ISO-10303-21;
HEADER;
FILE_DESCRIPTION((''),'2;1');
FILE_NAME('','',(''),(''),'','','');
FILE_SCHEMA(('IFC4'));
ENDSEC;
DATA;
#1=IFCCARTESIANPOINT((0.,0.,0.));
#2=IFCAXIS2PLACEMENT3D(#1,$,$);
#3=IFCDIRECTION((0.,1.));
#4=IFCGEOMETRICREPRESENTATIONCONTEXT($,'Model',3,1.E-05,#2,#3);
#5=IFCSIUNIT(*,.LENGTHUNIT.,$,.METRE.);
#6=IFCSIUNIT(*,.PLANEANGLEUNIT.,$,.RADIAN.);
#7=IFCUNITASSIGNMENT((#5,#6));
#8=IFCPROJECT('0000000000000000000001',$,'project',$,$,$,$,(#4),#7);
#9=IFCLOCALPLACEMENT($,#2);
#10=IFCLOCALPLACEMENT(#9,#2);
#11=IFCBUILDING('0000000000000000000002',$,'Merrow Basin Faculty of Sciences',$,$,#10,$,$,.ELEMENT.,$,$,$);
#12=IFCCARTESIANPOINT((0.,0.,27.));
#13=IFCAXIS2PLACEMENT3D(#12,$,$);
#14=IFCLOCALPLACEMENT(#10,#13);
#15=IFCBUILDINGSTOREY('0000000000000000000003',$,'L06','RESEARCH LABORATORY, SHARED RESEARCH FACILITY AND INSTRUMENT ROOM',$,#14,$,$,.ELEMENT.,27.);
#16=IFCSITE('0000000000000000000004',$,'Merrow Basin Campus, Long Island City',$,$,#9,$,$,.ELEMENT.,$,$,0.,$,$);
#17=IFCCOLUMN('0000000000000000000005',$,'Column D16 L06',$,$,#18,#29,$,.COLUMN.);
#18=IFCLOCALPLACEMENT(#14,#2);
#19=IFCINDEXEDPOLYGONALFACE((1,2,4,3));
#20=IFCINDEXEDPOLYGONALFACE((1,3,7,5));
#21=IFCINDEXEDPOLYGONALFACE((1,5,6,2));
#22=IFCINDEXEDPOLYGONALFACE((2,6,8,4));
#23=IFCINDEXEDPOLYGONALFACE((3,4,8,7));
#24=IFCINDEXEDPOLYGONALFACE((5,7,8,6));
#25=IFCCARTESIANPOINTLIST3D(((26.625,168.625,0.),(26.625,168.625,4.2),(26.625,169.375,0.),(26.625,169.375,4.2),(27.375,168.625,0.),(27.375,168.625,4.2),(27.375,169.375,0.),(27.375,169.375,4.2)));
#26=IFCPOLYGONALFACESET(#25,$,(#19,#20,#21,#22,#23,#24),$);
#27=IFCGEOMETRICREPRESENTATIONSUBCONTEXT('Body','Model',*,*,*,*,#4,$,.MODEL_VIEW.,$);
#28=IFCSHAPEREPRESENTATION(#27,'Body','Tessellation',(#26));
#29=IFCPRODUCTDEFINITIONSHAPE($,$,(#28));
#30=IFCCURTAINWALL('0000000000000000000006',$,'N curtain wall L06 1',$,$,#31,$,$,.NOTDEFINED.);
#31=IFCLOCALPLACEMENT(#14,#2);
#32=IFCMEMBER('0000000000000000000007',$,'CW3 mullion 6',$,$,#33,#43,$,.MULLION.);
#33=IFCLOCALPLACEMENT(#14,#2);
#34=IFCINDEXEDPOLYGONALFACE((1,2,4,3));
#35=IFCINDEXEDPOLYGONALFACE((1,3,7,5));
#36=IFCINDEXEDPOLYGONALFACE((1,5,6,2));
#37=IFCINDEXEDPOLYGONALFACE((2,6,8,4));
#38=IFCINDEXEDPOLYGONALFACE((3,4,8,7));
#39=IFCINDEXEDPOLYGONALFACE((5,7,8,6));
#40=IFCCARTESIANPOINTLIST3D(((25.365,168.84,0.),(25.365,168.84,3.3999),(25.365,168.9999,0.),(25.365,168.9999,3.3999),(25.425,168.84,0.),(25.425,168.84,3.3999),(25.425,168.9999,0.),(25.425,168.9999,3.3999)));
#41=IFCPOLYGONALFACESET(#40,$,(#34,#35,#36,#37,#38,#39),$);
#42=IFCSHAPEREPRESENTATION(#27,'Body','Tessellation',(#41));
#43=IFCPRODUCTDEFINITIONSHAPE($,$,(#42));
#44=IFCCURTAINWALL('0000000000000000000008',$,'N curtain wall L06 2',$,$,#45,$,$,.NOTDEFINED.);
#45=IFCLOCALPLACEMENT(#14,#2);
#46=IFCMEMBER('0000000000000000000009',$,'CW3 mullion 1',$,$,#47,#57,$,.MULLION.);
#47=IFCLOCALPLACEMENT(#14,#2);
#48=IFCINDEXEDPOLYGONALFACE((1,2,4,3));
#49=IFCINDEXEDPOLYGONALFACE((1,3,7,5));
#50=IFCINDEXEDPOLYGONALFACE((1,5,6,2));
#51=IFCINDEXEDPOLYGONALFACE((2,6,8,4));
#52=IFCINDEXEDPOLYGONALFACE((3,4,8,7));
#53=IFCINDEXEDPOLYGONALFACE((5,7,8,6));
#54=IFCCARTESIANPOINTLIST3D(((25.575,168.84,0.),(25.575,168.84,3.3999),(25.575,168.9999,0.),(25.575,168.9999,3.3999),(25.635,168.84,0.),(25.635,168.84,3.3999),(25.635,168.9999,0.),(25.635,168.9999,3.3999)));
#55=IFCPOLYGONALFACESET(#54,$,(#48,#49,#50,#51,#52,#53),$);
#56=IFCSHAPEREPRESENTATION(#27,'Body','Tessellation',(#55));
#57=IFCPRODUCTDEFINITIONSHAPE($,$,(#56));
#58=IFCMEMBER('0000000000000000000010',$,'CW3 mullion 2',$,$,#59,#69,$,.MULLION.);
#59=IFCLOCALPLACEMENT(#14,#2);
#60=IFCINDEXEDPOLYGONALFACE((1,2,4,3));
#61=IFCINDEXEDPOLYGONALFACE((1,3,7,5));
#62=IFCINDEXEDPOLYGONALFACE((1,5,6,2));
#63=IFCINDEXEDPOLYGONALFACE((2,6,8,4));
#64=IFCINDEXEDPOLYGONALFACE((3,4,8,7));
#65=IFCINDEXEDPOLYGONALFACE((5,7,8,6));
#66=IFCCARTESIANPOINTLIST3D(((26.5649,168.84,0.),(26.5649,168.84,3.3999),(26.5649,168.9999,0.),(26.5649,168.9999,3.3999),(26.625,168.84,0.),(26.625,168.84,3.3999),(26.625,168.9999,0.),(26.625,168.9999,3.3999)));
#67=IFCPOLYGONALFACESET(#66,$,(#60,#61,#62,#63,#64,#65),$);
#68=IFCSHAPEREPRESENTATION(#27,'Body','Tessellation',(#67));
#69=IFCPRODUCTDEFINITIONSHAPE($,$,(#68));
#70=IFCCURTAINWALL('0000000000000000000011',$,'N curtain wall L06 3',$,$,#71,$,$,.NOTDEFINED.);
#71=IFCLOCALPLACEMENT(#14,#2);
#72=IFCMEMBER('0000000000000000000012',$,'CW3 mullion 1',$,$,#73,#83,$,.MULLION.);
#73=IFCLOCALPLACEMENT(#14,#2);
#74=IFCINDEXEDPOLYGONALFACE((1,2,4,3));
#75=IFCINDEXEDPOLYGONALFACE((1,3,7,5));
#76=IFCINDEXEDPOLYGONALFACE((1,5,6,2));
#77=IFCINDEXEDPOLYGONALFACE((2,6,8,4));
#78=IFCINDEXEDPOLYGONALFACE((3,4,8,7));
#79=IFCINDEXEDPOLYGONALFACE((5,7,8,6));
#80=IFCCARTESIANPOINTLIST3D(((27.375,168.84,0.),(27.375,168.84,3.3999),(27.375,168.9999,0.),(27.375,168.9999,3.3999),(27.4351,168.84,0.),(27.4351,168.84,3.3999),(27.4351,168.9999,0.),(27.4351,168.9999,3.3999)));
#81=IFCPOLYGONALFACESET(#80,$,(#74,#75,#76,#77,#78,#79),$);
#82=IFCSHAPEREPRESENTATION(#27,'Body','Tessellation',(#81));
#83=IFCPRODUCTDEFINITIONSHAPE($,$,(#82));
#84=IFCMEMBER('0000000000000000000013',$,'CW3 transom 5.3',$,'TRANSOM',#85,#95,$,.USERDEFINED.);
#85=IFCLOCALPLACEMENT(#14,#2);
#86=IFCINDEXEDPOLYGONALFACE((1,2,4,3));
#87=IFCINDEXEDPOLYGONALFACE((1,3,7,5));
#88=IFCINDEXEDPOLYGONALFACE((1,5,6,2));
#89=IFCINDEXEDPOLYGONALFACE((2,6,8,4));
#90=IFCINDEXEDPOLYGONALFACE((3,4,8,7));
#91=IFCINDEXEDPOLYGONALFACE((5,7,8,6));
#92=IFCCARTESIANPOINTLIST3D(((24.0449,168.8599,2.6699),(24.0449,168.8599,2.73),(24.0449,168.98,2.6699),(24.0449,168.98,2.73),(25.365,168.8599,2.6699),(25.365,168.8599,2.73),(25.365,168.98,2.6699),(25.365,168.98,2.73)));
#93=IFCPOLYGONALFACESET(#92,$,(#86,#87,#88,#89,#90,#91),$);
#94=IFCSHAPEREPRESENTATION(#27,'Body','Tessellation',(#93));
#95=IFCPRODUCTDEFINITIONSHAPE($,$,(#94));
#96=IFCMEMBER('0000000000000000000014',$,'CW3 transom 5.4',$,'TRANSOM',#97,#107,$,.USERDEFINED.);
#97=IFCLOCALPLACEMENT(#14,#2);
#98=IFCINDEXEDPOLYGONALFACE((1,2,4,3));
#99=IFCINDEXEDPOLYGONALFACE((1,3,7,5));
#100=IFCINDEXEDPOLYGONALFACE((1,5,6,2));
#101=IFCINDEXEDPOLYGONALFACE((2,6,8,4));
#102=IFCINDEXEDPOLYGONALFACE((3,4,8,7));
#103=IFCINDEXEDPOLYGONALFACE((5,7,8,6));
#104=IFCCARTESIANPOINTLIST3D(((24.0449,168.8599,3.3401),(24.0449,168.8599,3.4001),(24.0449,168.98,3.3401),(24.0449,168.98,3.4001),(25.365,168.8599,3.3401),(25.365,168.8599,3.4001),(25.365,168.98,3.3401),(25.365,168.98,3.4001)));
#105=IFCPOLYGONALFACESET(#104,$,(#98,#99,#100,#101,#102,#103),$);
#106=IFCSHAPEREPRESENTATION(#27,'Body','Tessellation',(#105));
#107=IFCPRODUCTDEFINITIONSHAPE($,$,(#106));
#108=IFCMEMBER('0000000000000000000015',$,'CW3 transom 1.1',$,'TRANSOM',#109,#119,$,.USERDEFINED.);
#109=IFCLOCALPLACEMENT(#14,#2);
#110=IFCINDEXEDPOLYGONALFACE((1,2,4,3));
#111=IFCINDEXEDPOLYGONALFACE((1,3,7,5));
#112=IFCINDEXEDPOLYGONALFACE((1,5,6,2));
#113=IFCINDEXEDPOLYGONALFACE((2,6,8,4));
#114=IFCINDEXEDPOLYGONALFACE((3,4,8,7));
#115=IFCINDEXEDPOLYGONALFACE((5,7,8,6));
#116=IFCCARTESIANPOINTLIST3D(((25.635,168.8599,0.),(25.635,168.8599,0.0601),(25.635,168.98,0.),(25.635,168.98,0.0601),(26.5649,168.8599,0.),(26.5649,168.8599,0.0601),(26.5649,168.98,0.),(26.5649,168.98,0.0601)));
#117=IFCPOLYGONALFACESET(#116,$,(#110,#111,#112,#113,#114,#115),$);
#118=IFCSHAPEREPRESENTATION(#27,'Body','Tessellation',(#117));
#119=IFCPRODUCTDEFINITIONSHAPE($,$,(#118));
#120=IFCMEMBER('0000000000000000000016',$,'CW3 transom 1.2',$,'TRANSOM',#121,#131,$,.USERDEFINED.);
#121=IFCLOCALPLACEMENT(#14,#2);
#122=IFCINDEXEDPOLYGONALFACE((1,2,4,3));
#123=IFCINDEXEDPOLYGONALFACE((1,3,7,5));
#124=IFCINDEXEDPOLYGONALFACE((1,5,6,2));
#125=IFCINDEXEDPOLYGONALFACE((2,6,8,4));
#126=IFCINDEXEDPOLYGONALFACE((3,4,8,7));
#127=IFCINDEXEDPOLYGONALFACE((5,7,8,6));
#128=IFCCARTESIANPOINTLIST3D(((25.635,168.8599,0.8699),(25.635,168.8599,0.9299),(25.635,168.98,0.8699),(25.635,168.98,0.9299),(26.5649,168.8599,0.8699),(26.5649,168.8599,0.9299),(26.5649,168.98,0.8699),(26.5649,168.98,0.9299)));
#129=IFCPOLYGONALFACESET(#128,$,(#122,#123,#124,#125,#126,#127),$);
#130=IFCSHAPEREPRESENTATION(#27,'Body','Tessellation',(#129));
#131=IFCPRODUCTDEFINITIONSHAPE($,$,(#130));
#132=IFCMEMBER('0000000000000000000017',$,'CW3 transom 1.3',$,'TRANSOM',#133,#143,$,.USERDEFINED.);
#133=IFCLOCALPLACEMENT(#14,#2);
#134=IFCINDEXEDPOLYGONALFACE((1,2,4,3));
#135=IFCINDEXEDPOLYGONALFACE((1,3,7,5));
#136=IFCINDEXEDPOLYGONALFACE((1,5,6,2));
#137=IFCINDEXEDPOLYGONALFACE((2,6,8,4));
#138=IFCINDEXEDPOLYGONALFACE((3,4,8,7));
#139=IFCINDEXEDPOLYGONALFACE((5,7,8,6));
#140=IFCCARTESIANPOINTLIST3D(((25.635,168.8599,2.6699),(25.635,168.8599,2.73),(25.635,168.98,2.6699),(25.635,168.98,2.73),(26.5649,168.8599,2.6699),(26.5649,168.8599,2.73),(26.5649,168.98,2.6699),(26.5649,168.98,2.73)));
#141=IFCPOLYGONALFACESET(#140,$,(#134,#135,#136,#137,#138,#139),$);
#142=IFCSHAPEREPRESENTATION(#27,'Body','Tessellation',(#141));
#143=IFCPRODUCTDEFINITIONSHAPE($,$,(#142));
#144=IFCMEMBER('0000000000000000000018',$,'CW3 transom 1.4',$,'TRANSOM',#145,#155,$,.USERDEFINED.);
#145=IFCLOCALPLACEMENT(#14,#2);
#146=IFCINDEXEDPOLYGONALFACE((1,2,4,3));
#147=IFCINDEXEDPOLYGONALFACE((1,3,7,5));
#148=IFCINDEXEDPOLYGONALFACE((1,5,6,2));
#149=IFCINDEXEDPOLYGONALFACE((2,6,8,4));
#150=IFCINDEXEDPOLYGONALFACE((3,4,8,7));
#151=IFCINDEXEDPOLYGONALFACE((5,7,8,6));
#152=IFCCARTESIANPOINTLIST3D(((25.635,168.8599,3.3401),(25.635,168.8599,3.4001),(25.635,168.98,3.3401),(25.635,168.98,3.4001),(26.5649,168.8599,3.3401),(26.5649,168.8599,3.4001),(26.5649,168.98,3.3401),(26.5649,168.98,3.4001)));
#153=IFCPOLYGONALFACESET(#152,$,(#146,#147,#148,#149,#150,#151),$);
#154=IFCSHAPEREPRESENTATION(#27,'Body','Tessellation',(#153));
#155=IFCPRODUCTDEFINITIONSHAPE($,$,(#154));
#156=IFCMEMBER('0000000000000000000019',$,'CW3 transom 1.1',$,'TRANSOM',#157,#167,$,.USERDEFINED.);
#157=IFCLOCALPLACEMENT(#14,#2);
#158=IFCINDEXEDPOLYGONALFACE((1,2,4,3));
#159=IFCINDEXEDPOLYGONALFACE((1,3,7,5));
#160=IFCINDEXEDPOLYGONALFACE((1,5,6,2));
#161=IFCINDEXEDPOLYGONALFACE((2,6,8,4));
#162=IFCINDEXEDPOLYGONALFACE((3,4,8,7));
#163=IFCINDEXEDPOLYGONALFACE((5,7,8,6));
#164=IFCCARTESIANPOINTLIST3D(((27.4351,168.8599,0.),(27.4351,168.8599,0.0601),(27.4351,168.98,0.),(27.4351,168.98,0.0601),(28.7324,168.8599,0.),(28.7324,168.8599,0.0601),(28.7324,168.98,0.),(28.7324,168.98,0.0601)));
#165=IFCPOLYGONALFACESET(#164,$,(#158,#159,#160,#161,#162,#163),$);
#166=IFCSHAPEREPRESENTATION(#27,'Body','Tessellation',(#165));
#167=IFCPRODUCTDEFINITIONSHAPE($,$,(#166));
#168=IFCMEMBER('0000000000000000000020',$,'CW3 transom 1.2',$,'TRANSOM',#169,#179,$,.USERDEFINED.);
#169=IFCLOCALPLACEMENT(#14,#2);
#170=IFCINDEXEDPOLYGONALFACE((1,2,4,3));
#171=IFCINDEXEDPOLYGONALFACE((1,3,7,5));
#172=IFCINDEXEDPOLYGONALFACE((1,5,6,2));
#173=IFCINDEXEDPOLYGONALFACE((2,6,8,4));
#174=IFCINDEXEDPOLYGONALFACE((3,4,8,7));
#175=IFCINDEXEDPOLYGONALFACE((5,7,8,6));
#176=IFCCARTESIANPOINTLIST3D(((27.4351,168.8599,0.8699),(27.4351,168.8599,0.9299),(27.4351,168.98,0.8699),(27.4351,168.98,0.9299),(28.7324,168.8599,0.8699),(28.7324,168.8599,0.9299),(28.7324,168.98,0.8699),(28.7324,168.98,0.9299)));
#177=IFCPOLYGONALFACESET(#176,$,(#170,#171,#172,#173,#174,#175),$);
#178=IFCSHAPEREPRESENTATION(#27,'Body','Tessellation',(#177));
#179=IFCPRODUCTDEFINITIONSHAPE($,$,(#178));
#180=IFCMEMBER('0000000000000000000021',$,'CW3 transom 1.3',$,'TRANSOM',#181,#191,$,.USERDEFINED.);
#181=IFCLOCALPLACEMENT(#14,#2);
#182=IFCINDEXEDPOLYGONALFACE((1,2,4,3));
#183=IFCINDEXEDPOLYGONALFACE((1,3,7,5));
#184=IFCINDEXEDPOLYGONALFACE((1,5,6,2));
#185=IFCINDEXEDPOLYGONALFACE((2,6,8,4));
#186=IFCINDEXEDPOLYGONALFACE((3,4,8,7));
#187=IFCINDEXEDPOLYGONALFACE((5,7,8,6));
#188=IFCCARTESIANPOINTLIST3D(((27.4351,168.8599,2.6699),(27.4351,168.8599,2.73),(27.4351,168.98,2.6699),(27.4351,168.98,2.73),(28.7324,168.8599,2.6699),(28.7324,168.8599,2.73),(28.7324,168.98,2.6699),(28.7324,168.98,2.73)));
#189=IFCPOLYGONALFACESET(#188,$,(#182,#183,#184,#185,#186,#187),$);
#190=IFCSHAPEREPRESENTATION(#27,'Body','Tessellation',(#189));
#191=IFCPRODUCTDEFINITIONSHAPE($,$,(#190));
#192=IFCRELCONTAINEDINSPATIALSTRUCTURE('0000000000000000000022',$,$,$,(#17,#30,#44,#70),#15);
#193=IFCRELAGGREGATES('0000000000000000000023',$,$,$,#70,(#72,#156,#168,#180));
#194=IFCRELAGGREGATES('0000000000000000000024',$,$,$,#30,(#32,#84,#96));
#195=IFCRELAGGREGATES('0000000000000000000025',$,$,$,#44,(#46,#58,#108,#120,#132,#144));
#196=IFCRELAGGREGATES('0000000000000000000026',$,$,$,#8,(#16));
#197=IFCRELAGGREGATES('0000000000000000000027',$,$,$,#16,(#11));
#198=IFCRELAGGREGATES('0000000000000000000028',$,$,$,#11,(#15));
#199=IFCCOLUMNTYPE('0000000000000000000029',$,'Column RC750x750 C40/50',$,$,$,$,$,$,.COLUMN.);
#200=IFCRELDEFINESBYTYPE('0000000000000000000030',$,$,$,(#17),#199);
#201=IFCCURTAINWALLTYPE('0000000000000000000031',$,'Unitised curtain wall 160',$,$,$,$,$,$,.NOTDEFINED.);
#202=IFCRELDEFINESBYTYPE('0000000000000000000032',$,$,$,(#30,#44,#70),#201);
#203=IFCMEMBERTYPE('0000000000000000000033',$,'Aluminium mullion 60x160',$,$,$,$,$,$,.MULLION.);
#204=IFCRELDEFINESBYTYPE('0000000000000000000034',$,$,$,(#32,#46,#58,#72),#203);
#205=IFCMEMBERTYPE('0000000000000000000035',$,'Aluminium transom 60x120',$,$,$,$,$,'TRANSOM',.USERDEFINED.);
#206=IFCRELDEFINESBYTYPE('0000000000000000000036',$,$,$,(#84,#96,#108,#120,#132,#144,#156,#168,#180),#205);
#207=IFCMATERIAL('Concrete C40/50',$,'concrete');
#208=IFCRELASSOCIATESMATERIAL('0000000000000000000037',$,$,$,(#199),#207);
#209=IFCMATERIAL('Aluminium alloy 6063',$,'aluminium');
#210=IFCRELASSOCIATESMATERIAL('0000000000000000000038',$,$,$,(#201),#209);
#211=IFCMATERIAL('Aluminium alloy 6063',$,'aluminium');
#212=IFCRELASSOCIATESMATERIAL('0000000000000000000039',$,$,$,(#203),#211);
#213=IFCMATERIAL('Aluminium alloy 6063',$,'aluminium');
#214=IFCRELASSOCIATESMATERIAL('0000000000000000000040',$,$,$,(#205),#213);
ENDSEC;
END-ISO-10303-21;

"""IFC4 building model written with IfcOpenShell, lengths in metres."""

from ifc_helpers import new_model, si_unit, direction, frame, origin, origin_2d, place, context, subcontext, project, spatial, rectangle, extrude, material, material_profile, profile_set, type_object, element, aggregate, save


model = new_model("IFC4")

# Units and contexts
model_context = context("Model", 3, precision=1e-05, world=origin(), true_north=direction((0.0, 1.0)))
body_context = subcontext(model_context, "Body", "Model", "MODEL_VIEW")
ifc_project = project(units=[si_unit("LENGTHUNIT", "METRE"), si_unit("PLANEANGLEUNIT", "RADIAN")], contexts=[model_context])

# Site, building, storey
site_placement = place(None, origin())
site = spatial("IfcSite", under=ifc_project, at=site_placement, Name="Merrow Basin Campus, Long Island City", CompositionType="ELEMENT", RefElevation=0.0)
building_placement = place(site_placement, origin())
building = spatial("IfcBuilding", under=site, at=building_placement, Name="Merrow Basin Faculty of Sciences", CompositionType="ELEMENT")
storey_placement = place(building_placement, frame((0.0, 0.0, 27.0)))
storey = spatial("IfcBuildingStorey", under=building, at=storey_placement, Name="L06", Description="RESEARCH LABORATORY, SHARED RESEARCH FACILITY AND INSTRUMENT ROOM", CompositionType="ELEMENT", Elevation=27.0)

# Column
ifc_material_1 = material(Name="Concrete C40/50", Category="concrete")
ifc_material_profile_1 = material_profile(ifc_material_1, rectangle(XDim=0.75, YDim=0.75, at=origin_2d()))
ifc_profile_set_1 = profile_set([ifc_material_profile_1], Name="Concrete C40/50")
column_type = type_object("IfcColumnType", Name="Column RC750x750 C40/50", PredefinedType="COLUMN", material=ifc_profile_set_1)
column_placement = place(storey_placement, frame((27.0, 169.0, 0.0), z_axis=(0.0, 0.0, 1.0), x_axis=(1.0, 0.0, 0.0)))
element("IfcColumn", 1, at=column_placement, inside=storey, type_object=column_type, Name="Column D16 L06", PredefinedType="COLUMN", context=body_context, shape_type="SweptSolid", body=[
    extrude(rectangle(XDim=0.75, YDim=0.75, at=origin_2d()), origin(), (0.0, 0.0, 1.0), 4.2),
])

# Curtain wall, member
ifc_material_2 = material(Name="Aluminium alloy 6063", Category="aluminium")
curtain_wall_type = type_object("IfcCurtainWallType", Name="Unitised curtain wall 160", PredefinedType="NOTDEFINED", material=ifc_material_2)
curtain_wall_1_placement = place(storey_placement, origin())
curtain_wall_1 = element("IfcCurtainWall", 2, at=curtain_wall_1_placement, inside=storey, type_object=curtain_wall_type, Name="N curtain wall L06 1", PredefinedType="NOTDEFINED")
ifc_material_3 = material(Name="Aluminium alloy 6063", Category="aluminium")
ifc_material_profile_2 = material_profile(ifc_material_3, rectangle(XDim=0.1599, YDim=0.0601, at=origin_2d()))
ifc_profile_set_2 = profile_set([ifc_material_profile_2], Name="Aluminium alloy 6063")
member_type_1 = type_object("IfcMemberType", Name="Aluminium mullion 60x160", PredefinedType="MULLION", material=ifc_profile_set_2)
member_1_placement = place(storey_placement, frame((25.395, 168.9199, 0.0), z_axis=(0.0, 0.0, 1.0), x_axis=(0.0, 1.0, 0.0)))
member_1 = element("IfcMember", 3, at=member_1_placement, type_object=member_type_1, Name="CW3 mullion 6", PredefinedType="MULLION", context=body_context, shape_type="SweptSolid", body=[
    extrude(rectangle(XDim=0.1599, YDim=0.0601, at=origin_2d()), origin(), (0.0, 0.0, 1.0), 3.3999),
])

# Curtain wall, members
curtain_wall_2_placement = place(storey_placement, origin())
curtain_wall_2 = element("IfcCurtainWall", 4, at=curtain_wall_2_placement, inside=storey, type_object=curtain_wall_type, Name="N curtain wall L06 2", PredefinedType="NOTDEFINED")
member_2_placement = place(storey_placement, frame((25.605, 168.9199, 0.0), z_axis=(0.0, 0.0, 1.0), x_axis=(0.0, 1.0, 0.0)))
member_2 = element("IfcMember", 5, at=member_2_placement, type_object=member_type_1, Name="CW3 mullion 1", PredefinedType="MULLION", context=body_context, shape_type="SweptSolid", body=[
    extrude(rectangle(XDim=0.1599, YDim=0.0601, at=origin_2d()), origin(), (0.0, 0.0, 1.0), 3.3999),
])
member_3_placement = place(storey_placement, frame((26.595, 168.9199, 0.0), z_axis=(0.0, 0.0, 1.0), x_axis=(0.0, 1.0, 0.0)))
member_3 = element("IfcMember", 6, at=member_3_placement, type_object=member_type_1, Name="CW3 mullion 2", PredefinedType="MULLION", context=body_context, shape_type="SweptSolid", body=[
    extrude(rectangle(XDim=0.1599, YDim=0.0601, at=origin_2d()), origin(), (0.0, 0.0, 1.0), 3.3999),
])

# Curtain wall, member
curtain_wall_3_placement = place(storey_placement, origin())
curtain_wall_3 = element("IfcCurtainWall", 7, at=curtain_wall_3_placement, inside=storey, type_object=curtain_wall_type, Name="N curtain wall L06 3", PredefinedType="NOTDEFINED")
member_4_placement = place(storey_placement, frame((27.405, 168.9199, 0.0), z_axis=(0.0, 0.0, 1.0), x_axis=(0.0, 1.0, 0.0)))
member_4 = element("IfcMember", 8, at=member_4_placement, type_object=member_type_1, Name="CW3 mullion 1", PredefinedType="MULLION", context=body_context, shape_type="SweptSolid", body=[
    extrude(rectangle(XDim=0.1599, YDim=0.0601, at=origin_2d()), origin(), (0.0, 0.0, 1.0), 3.3999),
])

# Members
ifc_material_4 = material(Name="Aluminium alloy 6063", Category="aluminium")
ifc_material_profile_3 = material_profile(ifc_material_4, rectangle(XDim=0.1201, YDim=0.0601, at=origin_2d()))
ifc_profile_set_3 = profile_set([ifc_material_profile_3], Name="Aluminium alloy 6063")
member_type_2 = type_object("IfcMemberType", Name="Aluminium transom 60x120", ElementType="TRANSOM", PredefinedType="USERDEFINED", material=ifc_profile_set_3)
member_5_placement = place(storey_placement, frame((24.0449, 168.9199, 2.7), z_axis=(1.0, 0.0, 0.0), x_axis=(0.0, 1.0, 0.0)))
member_5 = element("IfcMember", 9, at=member_5_placement, type_object=member_type_2, Name="CW3 transom 5.3", ObjectType="TRANSOM", PredefinedType="USERDEFINED", context=body_context, shape_type="SweptSolid", body=[
    extrude(rectangle(XDim=0.1201, YDim=0.0601, at=origin_2d()), origin(), (0.0, 0.0, 1.0), 1.3201),
])
member_6_placement = place(storey_placement, frame((24.0449, 168.9199, 3.3701), z_axis=(1.0, 0.0, 0.0), x_axis=(0.0, 1.0, 0.0)))
member_6 = element("IfcMember", 10, at=member_6_placement, type_object=member_type_2, Name="CW3 transom 5.4", ObjectType="TRANSOM", PredefinedType="USERDEFINED", context=body_context, shape_type="SweptSolid", body=[
    extrude(rectangle(XDim=0.1201, YDim=0.0601, at=origin_2d()), origin(), (0.0, 0.0, 1.0), 1.3201),
])
member_7_placement = place(storey_placement, frame((25.635, 168.9199, 0.03), z_axis=(1.0, 0.0, 0.0), x_axis=(0.0, 1.0, 0.0)))
member_7 = element("IfcMember", 11, at=member_7_placement, type_object=member_type_2, Name="CW3 transom 1.1", ObjectType="TRANSOM", PredefinedType="USERDEFINED", context=body_context, shape_type="SweptSolid", body=[
    extrude(rectangle(XDim=0.1201, YDim=0.0601, at=origin_2d()), origin(), (0.0, 0.0, 1.0), 0.9299),
])
member_8_placement = place(storey_placement, frame((25.635, 168.9199, 0.8999), z_axis=(1.0, 0.0, 0.0), x_axis=(0.0, 1.0, 0.0)))
member_8 = element("IfcMember", 12, at=member_8_placement, type_object=member_type_2, Name="CW3 transom 1.2", ObjectType="TRANSOM", PredefinedType="USERDEFINED", context=body_context, shape_type="SweptSolid", body=[
    extrude(rectangle(XDim=0.1201, YDim=0.0601, at=origin_2d()), origin(), (0.0, 0.0, 1.0), 0.9299),
])
member_9_placement = place(storey_placement, frame((25.635, 168.9199, 2.7), z_axis=(1.0, 0.0, 0.0), x_axis=(0.0, 1.0, 0.0)))
member_9 = element("IfcMember", 13, at=member_9_placement, type_object=member_type_2, Name="CW3 transom 1.3", ObjectType="TRANSOM", PredefinedType="USERDEFINED", context=body_context, shape_type="SweptSolid", body=[
    extrude(rectangle(XDim=0.1201, YDim=0.0601, at=origin_2d()), origin(), (0.0, 0.0, 1.0), 0.9299),
])
member_10_placement = place(storey_placement, frame((25.635, 168.9199, 3.3701), z_axis=(1.0, 0.0, 0.0), x_axis=(0.0, 1.0, 0.0)))
member_10 = element("IfcMember", 14, at=member_10_placement, type_object=member_type_2, Name="CW3 transom 1.4", ObjectType="TRANSOM", PredefinedType="USERDEFINED", context=body_context, shape_type="SweptSolid", body=[
    extrude(rectangle(XDim=0.1201, YDim=0.0601, at=origin_2d()), origin(), (0.0, 0.0, 1.0), 0.9299),
])
member_11_placement = place(storey_placement, frame((27.4351, 168.9199, 0.03), z_axis=(1.0, 0.0, 0.0), x_axis=(0.0, 1.0, 0.0)))
member_11 = element("IfcMember", 15, at=member_11_placement, type_object=member_type_2, Name="CW3 transom 1.1", ObjectType="TRANSOM", PredefinedType="USERDEFINED", context=body_context, shape_type="SweptSolid", body=[
    extrude(rectangle(XDim=0.1201, YDim=0.0601, at=origin_2d()), origin(), (0.0, 0.0, 1.0), 1.2974),
])
member_12_placement = place(storey_placement, frame((27.4351, 168.9199, 0.8999), z_axis=(1.0, 0.0, 0.0), x_axis=(0.0, 1.0, 0.0)))
member_12 = element("IfcMember", 16, at=member_12_placement, type_object=member_type_2, Name="CW3 transom 1.2", ObjectType="TRANSOM", PredefinedType="USERDEFINED", context=body_context, shape_type="SweptSolid", body=[
    extrude(rectangle(XDim=0.1201, YDim=0.0601, at=origin_2d()), origin(), (0.0, 0.0, 1.0), 1.2974),
])
member_13_placement = place(storey_placement, frame((27.4351, 168.9199, 2.7), z_axis=(1.0, 0.0, 0.0), x_axis=(0.0, 1.0, 0.0)))
member_13 = element("IfcMember", 17, at=member_13_placement, type_object=member_type_2, Name="CW3 transom 1.3", ObjectType="TRANSOM", PredefinedType="USERDEFINED", context=body_context, shape_type="SweptSolid", body=[
    extrude(rectangle(XDim=0.1201, YDim=0.0601, at=origin_2d()), origin(), (0.0, 0.0, 1.0), 1.2974),
])
aggregate(curtain_wall_3, [member_4, member_11, member_12, member_13])

aggregate(curtain_wall_1, [member_1, member_5, member_6])
aggregate(curtain_wall_2, [member_2, member_3, member_7, member_8, member_9, member_10])

save(model, "model.ifc")
